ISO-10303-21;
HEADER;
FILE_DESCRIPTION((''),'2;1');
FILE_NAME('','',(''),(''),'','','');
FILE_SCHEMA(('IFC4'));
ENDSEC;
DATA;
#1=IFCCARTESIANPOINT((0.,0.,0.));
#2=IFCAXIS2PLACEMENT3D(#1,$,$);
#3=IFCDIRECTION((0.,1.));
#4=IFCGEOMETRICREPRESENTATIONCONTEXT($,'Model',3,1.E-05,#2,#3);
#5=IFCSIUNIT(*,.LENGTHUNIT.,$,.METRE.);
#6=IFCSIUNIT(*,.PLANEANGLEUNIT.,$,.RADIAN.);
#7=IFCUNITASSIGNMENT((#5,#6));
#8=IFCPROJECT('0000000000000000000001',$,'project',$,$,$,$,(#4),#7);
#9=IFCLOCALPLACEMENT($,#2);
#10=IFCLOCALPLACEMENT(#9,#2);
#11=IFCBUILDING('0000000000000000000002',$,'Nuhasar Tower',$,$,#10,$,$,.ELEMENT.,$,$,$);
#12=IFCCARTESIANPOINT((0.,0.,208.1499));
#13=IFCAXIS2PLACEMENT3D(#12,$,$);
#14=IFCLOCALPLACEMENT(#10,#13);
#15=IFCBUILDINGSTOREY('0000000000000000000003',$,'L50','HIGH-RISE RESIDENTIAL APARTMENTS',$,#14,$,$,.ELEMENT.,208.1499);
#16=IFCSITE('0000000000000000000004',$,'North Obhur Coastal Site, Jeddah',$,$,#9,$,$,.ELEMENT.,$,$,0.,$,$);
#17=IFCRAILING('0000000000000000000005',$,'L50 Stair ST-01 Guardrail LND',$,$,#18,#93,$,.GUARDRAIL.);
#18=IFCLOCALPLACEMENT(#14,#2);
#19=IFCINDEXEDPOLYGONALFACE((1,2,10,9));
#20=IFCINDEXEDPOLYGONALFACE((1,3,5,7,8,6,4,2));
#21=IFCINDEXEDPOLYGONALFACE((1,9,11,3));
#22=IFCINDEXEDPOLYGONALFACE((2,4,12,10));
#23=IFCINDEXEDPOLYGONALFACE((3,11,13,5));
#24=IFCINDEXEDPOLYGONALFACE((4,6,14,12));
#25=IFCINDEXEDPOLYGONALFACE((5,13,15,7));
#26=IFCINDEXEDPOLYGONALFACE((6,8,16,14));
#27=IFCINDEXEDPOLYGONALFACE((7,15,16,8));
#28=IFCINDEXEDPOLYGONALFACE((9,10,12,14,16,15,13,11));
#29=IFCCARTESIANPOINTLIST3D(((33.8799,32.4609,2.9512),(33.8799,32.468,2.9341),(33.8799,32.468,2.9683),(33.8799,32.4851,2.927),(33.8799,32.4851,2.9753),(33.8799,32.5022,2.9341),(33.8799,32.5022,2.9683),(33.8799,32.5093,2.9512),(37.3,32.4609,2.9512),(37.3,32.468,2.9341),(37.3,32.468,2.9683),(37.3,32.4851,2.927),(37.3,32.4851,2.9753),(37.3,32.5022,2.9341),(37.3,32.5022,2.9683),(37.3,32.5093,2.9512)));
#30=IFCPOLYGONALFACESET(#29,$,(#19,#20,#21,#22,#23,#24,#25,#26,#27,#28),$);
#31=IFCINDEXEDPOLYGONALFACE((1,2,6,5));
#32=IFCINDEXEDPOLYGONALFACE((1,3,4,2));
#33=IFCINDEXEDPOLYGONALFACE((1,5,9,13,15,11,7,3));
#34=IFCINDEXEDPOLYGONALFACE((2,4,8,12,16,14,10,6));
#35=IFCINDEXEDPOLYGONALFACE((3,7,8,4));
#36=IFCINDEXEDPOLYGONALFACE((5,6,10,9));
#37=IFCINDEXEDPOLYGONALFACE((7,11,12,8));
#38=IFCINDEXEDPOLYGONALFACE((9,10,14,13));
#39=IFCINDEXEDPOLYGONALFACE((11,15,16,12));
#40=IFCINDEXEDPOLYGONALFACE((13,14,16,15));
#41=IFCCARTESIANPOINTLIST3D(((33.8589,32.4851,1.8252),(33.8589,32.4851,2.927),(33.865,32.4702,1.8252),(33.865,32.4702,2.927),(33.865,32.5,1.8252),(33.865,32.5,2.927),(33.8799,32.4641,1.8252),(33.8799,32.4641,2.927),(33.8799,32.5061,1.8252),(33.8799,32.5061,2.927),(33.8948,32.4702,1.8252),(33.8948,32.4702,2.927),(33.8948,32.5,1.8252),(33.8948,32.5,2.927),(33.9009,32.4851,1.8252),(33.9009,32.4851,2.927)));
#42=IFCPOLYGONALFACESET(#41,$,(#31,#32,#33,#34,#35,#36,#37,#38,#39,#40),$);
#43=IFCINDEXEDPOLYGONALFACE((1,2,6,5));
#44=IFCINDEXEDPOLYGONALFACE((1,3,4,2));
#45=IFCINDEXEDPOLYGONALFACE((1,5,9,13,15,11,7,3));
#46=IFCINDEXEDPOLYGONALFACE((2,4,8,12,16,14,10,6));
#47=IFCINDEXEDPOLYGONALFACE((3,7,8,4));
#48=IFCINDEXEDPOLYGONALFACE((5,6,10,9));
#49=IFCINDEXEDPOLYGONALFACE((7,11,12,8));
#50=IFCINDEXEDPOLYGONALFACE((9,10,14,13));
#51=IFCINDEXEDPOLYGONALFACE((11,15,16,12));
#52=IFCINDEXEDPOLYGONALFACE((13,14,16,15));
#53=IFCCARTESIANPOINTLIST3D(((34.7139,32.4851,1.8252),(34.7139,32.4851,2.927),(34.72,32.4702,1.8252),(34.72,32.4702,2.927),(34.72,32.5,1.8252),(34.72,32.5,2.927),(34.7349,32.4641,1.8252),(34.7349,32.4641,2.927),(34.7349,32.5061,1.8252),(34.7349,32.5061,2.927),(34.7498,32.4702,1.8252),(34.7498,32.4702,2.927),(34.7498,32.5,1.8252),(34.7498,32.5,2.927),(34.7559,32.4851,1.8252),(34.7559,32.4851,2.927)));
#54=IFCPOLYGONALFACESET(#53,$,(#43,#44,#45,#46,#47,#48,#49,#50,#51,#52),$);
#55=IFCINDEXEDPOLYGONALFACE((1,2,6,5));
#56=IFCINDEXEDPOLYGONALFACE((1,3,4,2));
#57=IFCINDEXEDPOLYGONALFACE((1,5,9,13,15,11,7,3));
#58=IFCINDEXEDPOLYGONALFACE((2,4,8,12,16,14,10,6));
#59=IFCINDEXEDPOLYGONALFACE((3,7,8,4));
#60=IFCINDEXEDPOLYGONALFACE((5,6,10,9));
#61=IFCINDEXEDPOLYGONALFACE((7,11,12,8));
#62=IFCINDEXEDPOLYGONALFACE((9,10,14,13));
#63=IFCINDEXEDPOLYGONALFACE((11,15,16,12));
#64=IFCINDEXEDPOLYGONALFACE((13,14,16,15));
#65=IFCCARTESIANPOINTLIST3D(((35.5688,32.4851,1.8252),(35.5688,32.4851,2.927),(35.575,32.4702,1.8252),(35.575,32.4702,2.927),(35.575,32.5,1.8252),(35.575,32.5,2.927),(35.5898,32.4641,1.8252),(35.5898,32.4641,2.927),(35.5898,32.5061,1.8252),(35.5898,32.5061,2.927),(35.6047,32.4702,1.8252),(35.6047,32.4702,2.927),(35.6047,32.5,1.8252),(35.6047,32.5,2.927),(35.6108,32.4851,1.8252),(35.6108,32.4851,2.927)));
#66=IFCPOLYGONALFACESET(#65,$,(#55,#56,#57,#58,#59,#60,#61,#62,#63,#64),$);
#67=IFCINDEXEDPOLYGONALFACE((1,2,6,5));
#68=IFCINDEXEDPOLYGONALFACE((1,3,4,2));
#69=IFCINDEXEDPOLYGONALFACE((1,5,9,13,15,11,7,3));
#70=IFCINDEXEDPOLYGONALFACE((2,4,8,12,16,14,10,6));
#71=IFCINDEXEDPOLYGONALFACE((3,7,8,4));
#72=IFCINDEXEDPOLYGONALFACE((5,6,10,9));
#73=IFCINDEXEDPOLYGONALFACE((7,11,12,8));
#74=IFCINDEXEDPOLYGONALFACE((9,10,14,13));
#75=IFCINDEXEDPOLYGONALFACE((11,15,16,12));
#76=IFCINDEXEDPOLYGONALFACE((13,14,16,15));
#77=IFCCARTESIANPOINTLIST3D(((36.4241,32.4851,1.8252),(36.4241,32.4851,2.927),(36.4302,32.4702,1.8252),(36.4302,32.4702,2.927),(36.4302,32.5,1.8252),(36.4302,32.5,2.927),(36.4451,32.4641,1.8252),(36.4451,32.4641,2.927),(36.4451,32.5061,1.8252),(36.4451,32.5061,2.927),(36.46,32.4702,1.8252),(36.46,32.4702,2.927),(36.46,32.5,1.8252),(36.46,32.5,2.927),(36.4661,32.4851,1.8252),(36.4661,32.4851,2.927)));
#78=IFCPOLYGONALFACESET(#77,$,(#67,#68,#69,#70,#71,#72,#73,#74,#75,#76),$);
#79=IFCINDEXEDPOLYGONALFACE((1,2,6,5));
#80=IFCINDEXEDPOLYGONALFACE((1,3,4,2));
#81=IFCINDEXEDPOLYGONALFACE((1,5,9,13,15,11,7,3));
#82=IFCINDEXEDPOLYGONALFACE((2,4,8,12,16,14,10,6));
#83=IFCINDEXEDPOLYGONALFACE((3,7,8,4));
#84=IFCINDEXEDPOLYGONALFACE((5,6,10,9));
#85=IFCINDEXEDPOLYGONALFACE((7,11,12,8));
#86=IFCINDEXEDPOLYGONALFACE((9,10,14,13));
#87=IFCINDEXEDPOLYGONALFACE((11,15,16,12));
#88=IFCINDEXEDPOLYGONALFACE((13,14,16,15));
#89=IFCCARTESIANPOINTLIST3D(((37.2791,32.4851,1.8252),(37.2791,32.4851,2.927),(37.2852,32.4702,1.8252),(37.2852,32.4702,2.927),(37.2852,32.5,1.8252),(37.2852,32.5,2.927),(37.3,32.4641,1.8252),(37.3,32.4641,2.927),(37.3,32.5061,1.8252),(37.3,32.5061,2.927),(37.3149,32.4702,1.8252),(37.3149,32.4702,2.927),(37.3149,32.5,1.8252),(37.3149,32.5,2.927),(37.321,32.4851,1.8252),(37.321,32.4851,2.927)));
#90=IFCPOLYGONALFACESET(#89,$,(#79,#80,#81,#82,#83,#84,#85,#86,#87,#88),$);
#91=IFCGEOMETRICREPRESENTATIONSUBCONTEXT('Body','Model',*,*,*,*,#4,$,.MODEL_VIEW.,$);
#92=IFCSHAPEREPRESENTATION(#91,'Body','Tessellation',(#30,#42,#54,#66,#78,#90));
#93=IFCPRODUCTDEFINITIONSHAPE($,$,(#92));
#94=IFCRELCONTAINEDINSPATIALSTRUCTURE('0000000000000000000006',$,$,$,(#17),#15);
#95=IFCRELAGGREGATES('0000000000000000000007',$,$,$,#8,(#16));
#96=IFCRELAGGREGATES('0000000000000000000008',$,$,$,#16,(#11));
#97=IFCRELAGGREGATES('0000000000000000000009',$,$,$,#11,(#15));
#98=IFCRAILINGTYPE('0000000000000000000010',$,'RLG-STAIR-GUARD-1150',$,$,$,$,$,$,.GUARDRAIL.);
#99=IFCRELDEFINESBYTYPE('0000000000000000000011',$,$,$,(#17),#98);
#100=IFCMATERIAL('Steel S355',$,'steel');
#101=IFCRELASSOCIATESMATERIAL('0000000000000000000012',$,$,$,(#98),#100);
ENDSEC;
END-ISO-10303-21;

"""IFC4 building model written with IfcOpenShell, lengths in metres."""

from ifc_helpers import new_model, si_unit, direction, frame, origin, place, context, subcontext, project, spatial, polyline, outline, extrude, material, type_object, element, save


model = new_model("IFC4")

# Units and contexts
model_context = context("Model", 3, precision=1e-05, world=origin(), true_north=direction((0.0, 1.0)))
body_context = subcontext(model_context, "Body", "Model", "MODEL_VIEW")
ifc_project = project(units=[si_unit("LENGTHUNIT", "METRE"), si_unit("PLANEANGLEUNIT", "RADIAN")], contexts=[model_context])

# Site, building, storey
site_placement = place(None, origin())
site = spatial("IfcSite", under=ifc_project, at=site_placement, Name="North Obhur Coastal Site, Jeddah", CompositionType="ELEMENT", RefElevation=0.0)
building_placement = place(site_placement, origin())
building = spatial("IfcBuilding", under=site, at=building_placement, Name="Nuhasar Tower", CompositionType="ELEMENT")
storey_placement = place(building_placement, frame((0.0, 0.0, 208.1499)))
storey = spatial("IfcBuildingStorey", under=building, at=storey_placement, Name="L50", Description="HIGH-RISE RESIDENTIAL APARTMENTS", CompositionType="ELEMENT", Elevation=208.1499)

# Shared definitions
ifc_material_1 = material(Name="Steel S355", Category="steel")

# Railing
railing_type_1 = type_object("IfcRailingType", Name="RLG-STAIR-GUARD-1150", PredefinedType="GUARDRAIL", material=ifc_material_1)
railing_1_placement = place(storey_placement, frame((33.8799, 32.4851, 1.8252)))
element("IfcRailing", 1, at=railing_1_placement, inside=storey, type_object=railing_type_1, Name="L50 Stair ST-01 Guardrail LND", PredefinedType="GUARDRAIL", context=body_context, shape_type="SweptSolid", body=[
    extrude(outline(polyline([(0.0242, 0.0), (0.0171, 0.0171), (0.0, 0.0242), (-0.0171, 0.0171), (-0.0242, 0.0), (-0.0171, -0.0171), (0.0, -0.0242), (0.0171, -0.0171), (0.0242, 0.0)])), frame((0.0, 0.0, 1.126), z_axis=(1.0, 0.0, 0.0), x_axis=(0.0, 1.0, 0.0)), (0.0, 0.0, 1.0), 3.4202),
    extrude(outline(polyline([(0.021, 0.0), (0.0149, 0.0149), (0.0, 0.021), (-0.0149, 0.0149), (-0.021, 0.0), (-0.0149, -0.0149), (0.0, -0.021), (0.0149, -0.0149), (0.021, 0.0)])), origin(), (0.0, 0.0, 1.0), 1.1018),
    extrude(outline(polyline([(0.021, 0.0), (0.0149, 0.0149), (0.0, 0.021), (-0.0149, 0.0149), (-0.021, 0.0), (-0.0149, -0.0149), (0.0, -0.021), (0.0149, -0.0149), (0.021, 0.0)])), frame((0.855, 0.0, 0.0)), (0.0, 0.0, 1.0), 1.1018),
    extrude(outline(polyline([(0.021, 0.0), (0.0149, 0.0149), (0.0, 0.021), (-0.0149, 0.0149), (-0.021, 0.0), (-0.0149, -0.0149), (0.0, -0.021), (0.0149, -0.0149), (0.021, 0.0)])), frame((1.71, 0.0, 0.0)), (0.0, 0.0, 1.0), 1.1018),
    extrude(outline(polyline([(0.021, 0.0), (0.0149, 0.0149), (0.0, 0.021), (-0.0149, 0.0149), (-0.021, 0.0), (-0.0149, -0.0149), (0.0, -0.021), (0.0149, -0.0149), (0.021, 0.0)])), frame((2.5652, 0.0, 0.0)), (0.0, 0.0, 1.0), 1.1018),
    extrude(outline(polyline([(0.021, 0.0), (0.0149, 0.0149), (0.0, 0.021), (-0.0149, 0.0149), (-0.021, 0.0), (-0.0149, -0.0149), (0.0, -0.021), (0.0149, -0.0149), (0.021, 0.0)])), frame((3.4202, 0.0, 0.0)), (0.0, 0.0, 1.0), 1.1018),
])

save(model, "model.ifc")
